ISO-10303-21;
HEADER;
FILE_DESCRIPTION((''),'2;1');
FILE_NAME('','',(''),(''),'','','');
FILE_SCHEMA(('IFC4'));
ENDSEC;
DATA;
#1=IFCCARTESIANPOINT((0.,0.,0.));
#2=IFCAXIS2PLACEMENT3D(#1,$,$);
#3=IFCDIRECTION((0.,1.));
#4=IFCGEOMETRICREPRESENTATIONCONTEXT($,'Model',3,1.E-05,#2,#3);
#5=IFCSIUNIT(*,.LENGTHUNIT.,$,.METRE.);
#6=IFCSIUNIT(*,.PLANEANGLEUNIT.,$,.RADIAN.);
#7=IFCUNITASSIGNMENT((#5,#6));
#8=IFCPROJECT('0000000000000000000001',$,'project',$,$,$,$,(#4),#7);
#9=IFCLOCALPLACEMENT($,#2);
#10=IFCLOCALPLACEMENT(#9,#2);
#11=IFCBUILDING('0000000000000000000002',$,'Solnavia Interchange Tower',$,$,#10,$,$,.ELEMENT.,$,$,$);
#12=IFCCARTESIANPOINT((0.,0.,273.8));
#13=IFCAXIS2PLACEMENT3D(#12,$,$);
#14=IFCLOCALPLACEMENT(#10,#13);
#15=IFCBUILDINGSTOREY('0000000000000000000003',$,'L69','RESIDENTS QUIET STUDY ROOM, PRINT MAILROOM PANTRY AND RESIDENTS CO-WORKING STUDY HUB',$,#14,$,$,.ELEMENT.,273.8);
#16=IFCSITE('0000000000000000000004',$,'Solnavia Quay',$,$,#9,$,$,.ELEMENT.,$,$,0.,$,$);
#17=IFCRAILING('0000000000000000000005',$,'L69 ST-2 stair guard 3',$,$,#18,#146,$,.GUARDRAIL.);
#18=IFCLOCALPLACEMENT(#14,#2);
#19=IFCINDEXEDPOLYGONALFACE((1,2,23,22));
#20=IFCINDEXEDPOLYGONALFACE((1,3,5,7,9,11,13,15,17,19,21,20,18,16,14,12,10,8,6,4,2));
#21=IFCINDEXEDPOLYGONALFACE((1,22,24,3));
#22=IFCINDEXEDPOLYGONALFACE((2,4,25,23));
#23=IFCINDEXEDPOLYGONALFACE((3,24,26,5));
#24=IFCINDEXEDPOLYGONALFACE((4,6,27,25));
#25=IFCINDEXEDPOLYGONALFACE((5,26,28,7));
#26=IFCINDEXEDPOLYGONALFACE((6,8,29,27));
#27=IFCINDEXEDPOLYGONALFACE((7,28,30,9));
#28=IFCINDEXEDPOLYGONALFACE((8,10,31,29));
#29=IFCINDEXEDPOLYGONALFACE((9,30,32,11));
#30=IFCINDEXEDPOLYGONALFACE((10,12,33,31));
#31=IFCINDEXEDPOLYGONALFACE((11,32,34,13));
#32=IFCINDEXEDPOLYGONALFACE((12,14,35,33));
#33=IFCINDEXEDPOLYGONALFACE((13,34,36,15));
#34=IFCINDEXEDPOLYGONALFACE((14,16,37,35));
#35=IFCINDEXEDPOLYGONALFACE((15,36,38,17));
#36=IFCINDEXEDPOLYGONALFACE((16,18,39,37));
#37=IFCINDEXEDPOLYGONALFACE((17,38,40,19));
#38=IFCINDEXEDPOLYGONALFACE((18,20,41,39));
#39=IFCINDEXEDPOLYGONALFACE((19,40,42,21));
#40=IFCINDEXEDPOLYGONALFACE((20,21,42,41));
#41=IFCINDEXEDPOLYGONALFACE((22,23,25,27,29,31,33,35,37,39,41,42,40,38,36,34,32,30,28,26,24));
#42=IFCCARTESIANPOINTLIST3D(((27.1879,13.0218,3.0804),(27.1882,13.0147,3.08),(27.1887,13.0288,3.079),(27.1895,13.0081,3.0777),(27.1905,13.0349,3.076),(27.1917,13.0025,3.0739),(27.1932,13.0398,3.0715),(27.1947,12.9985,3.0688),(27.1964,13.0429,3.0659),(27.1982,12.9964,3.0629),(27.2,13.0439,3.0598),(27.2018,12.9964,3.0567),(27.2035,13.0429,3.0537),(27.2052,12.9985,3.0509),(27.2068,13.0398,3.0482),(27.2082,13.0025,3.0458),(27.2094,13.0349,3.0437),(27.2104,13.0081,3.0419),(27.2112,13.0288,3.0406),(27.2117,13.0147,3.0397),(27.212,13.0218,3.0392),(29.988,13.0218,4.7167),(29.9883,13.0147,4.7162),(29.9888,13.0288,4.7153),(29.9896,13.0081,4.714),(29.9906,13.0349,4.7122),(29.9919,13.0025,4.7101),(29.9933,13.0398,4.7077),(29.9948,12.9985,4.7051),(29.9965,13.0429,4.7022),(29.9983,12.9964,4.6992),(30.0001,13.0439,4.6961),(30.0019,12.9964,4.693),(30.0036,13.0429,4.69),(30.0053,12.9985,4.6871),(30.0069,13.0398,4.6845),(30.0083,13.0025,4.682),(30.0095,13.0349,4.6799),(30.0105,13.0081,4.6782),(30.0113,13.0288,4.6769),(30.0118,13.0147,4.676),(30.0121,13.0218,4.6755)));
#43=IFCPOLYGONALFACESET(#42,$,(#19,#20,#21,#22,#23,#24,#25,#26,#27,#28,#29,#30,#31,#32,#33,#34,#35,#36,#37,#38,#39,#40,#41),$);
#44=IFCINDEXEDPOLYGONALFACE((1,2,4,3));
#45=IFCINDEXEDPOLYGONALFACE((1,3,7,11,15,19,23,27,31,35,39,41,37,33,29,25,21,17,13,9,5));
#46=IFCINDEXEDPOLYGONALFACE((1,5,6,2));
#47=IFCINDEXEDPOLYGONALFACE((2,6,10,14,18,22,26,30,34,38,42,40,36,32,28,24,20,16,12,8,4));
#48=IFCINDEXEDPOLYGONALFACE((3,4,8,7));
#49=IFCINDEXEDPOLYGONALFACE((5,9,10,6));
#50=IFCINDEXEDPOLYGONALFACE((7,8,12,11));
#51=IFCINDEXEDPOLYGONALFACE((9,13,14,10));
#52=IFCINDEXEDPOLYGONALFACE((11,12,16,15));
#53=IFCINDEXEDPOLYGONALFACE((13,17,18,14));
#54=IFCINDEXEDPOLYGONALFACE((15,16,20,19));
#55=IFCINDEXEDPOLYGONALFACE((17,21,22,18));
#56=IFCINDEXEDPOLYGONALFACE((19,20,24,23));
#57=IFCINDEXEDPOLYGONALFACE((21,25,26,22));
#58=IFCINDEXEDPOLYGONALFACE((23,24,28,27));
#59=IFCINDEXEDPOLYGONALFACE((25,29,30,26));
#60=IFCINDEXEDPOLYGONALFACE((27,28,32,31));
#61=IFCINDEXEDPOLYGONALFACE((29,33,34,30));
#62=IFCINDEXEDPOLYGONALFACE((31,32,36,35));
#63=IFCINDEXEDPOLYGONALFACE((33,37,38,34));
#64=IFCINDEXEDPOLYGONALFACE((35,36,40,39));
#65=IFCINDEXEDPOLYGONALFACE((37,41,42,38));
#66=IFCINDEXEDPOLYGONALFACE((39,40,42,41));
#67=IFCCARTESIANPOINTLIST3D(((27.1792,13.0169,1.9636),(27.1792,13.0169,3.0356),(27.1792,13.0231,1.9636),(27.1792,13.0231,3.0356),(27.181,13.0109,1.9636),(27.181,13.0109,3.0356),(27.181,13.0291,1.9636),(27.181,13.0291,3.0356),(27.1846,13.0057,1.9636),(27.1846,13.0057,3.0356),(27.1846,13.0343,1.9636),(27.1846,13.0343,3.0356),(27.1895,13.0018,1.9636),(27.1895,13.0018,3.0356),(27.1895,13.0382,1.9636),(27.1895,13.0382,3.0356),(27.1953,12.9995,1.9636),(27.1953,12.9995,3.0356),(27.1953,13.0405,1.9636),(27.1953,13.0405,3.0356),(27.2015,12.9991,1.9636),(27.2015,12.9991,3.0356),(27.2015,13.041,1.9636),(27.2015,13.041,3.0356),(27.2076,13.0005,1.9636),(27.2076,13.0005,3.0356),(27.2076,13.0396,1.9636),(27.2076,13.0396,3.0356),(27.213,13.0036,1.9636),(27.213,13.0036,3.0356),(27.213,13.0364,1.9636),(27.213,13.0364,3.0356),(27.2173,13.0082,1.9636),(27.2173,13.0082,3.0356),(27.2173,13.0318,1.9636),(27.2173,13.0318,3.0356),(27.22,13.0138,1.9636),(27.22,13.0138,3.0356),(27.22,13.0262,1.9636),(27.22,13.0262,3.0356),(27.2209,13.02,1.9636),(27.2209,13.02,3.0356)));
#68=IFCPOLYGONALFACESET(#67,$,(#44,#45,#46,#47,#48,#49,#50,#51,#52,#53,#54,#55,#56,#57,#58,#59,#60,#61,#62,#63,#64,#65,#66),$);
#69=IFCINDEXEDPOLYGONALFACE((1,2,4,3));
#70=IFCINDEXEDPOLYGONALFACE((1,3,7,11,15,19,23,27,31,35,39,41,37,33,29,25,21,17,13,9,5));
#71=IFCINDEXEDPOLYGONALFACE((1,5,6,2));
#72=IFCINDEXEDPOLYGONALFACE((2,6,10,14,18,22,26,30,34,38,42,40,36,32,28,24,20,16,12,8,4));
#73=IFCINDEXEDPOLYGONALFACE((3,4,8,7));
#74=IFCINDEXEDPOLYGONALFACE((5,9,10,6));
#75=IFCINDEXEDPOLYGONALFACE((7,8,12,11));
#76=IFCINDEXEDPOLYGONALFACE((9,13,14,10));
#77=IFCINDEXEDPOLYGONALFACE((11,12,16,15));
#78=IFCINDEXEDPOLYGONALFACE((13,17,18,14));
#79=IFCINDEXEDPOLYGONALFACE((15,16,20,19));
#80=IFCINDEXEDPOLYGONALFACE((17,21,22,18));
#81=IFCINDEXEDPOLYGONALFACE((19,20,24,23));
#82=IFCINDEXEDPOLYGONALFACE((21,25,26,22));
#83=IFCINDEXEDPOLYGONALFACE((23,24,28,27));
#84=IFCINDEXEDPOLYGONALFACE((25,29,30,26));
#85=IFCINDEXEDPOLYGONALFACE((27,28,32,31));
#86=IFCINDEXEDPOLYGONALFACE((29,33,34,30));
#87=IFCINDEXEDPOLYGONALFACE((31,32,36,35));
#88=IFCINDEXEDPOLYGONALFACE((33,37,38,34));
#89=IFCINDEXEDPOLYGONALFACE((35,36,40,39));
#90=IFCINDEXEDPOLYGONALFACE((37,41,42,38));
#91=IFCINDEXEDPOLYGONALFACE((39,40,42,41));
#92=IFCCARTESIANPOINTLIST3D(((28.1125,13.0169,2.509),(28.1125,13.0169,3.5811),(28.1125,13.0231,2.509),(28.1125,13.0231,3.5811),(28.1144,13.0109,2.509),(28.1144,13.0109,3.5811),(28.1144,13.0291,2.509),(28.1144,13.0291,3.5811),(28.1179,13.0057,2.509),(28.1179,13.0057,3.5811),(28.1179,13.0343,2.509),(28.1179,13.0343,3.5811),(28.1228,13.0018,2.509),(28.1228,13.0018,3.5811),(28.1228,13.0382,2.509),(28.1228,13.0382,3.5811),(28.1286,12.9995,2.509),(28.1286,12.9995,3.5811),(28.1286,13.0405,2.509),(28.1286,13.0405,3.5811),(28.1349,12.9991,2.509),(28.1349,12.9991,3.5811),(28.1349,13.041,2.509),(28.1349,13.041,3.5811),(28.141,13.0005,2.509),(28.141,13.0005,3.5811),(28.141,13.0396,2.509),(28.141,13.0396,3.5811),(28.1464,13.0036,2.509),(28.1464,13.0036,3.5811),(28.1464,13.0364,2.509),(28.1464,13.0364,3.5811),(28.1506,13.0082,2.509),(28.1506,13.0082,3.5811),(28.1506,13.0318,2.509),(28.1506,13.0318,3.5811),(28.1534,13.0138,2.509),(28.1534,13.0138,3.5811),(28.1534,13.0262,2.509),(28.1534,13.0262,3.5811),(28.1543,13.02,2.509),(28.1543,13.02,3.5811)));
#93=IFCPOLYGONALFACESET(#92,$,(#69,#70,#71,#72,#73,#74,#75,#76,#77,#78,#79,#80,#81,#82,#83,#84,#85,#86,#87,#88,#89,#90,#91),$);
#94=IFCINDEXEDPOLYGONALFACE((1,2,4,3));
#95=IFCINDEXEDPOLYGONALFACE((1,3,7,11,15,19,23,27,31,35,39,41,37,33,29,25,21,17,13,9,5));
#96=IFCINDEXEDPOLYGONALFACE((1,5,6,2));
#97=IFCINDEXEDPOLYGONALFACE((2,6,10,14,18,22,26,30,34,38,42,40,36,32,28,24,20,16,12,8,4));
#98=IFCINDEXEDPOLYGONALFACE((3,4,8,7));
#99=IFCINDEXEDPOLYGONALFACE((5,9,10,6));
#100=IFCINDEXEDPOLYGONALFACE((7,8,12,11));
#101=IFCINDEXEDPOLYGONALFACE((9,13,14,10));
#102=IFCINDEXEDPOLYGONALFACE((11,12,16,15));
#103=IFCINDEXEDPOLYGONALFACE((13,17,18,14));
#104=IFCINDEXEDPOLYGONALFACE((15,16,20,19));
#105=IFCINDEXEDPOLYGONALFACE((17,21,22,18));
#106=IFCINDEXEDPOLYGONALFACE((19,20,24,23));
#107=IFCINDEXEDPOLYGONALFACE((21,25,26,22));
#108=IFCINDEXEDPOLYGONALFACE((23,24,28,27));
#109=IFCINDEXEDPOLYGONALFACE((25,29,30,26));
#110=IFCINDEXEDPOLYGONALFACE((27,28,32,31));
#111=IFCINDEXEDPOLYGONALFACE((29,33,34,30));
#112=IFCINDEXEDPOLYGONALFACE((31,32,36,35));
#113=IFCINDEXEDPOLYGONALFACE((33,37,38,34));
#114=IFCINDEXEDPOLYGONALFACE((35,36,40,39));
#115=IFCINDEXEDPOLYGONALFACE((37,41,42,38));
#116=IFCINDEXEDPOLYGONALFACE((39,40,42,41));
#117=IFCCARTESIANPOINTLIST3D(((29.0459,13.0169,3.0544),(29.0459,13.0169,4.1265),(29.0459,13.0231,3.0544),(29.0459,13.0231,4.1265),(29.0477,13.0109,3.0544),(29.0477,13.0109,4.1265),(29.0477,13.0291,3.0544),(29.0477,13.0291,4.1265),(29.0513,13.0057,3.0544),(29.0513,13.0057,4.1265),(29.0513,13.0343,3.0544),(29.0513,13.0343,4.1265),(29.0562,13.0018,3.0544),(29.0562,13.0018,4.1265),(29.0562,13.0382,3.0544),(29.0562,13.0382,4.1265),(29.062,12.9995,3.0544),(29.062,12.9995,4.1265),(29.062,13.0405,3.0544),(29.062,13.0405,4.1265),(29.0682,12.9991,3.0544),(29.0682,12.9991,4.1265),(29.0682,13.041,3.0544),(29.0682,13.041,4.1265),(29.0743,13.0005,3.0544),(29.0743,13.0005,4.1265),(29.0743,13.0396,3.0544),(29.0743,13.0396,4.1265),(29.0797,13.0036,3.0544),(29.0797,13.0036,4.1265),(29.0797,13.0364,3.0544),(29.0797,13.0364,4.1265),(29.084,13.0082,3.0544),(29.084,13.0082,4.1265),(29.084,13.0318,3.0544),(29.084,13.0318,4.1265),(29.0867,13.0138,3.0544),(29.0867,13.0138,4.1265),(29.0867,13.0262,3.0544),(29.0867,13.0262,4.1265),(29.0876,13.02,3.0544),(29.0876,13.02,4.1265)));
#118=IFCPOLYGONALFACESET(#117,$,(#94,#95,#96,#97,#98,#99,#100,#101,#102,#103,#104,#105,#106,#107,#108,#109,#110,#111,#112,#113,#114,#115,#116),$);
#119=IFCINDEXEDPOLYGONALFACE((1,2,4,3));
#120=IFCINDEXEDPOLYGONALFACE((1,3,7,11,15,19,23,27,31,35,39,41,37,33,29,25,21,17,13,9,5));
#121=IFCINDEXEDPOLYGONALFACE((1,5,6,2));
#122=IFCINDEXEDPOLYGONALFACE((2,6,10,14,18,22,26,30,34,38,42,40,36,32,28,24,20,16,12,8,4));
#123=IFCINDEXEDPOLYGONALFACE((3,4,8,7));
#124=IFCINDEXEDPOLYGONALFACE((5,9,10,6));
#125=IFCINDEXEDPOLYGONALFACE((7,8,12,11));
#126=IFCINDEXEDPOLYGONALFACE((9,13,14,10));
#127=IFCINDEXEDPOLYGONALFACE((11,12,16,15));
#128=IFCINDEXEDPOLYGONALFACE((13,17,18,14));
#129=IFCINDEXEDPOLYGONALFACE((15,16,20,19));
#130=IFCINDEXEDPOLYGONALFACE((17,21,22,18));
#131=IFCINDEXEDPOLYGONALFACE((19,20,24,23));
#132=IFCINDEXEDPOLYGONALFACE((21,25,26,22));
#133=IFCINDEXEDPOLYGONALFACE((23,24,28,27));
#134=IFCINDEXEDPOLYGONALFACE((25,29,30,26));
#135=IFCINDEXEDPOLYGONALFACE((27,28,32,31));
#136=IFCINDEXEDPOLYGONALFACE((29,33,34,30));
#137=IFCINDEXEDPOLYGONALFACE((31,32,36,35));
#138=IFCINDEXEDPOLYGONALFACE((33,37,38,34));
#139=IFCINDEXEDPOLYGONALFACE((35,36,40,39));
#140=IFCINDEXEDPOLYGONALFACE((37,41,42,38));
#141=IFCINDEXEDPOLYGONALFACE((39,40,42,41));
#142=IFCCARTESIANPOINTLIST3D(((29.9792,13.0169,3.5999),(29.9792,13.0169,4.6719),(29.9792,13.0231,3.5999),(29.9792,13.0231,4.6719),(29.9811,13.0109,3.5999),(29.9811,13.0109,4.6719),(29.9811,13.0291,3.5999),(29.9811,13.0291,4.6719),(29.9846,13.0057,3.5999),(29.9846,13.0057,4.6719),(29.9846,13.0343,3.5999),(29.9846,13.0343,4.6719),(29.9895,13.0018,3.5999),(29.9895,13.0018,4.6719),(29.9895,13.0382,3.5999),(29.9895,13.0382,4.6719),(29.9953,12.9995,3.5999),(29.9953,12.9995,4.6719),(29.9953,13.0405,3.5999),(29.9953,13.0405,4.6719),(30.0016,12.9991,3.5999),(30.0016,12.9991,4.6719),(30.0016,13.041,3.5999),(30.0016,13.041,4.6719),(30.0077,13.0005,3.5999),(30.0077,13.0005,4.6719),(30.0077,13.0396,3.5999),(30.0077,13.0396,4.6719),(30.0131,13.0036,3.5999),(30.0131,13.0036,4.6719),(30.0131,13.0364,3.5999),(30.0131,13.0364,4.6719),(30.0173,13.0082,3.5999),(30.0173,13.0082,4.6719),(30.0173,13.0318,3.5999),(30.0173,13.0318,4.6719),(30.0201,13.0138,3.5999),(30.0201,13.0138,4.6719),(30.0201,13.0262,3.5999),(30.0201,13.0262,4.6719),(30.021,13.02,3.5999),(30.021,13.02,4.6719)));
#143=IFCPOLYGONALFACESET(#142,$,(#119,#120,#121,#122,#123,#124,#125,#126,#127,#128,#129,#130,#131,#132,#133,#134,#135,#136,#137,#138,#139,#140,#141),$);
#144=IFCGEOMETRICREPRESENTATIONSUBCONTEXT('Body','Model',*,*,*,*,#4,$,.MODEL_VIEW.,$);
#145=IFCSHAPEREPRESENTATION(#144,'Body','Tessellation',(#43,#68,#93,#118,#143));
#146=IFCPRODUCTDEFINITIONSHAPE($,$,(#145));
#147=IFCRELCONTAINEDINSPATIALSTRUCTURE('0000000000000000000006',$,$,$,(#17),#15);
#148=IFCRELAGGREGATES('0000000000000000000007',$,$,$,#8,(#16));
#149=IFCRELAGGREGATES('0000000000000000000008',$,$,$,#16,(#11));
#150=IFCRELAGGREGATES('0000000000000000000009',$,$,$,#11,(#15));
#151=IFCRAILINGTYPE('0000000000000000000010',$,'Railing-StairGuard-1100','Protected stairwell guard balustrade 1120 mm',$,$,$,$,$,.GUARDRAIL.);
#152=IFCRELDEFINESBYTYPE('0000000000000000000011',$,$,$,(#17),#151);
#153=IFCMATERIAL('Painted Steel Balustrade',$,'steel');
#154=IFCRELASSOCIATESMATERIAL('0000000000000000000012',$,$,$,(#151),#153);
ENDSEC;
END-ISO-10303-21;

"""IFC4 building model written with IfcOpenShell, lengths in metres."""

from ifc_helpers import new_model, si_unit, direction, frame, origin, origin_2d, place, context, subcontext, project, spatial, circle, extrude, material, type_object, element, save


model = new_model("IFC4")

# Units and contexts
model_context = context("Model", 3, precision=1e-05, world=origin(), true_north=direction((0.0, 1.0)))
body_context = subcontext(model_context, "Body", "Model", "MODEL_VIEW")
ifc_project = project(units=[si_unit("LENGTHUNIT", "METRE"), si_unit("PLANEANGLEUNIT", "RADIAN")], contexts=[model_context])

# Site, building, storey
site_placement = place(None, origin())
site = spatial("IfcSite", under=ifc_project, at=site_placement, Name="Solnavia Quay", CompositionType="ELEMENT", RefElevation=0.0)
building_placement = place(site_placement, origin())
building = spatial("IfcBuilding", under=site, at=building_placement, Name="Solnavia Interchange Tower", CompositionType="ELEMENT")
storey_placement = place(building_placement, frame((0.0, 0.0, 273.8)))
storey = spatial("IfcBuildingStorey", under=building, at=storey_placement, Name="L69", Description="RESIDENTS QUIET STUDY ROOM, PRINT MAILROOM PANTRY AND RESIDENTS CO-WORKING STUDY HUB", CompositionType="ELEMENT", Elevation=273.8)

# Railing
ifc_material_1 = material(Name="Painted Steel Balustrade", Category="steel")
railing_type_1 = type_object("IfcRailingType", Name="Railing-StairGuard-1100", Description="Protected stairwell guard balustrade 1120 mm", PredefinedType="GUARDRAIL", material=ifc_material_1)
railing_1_placement = place(storey_placement, frame((27.2, 13.02, 1.9636)))
element("IfcRailing", 1, at=railing_1_placement, inside=storey, type_object=railing_type_1, Name="L69 ST-2 stair guard 3", PredefinedType="GUARDRAIL", context=body_context, shape_type="SweptSolid", body=[
    extrude(circle(Radius=0.0239, at=origin_2d()), frame((0.0, 0.0, 1.0962), z_axis=(0.863394, 0.0, 0.504531), x_axis=(0.0, 1.0, 0.0)), (0.0, 0.0, 1.0), 3.2432),
    extrude(circle(Radius=0.021, at=origin_2d()), origin(), (0.0, 0.0, 1.0), 1.072),
    extrude(circle(Radius=0.021, at=origin_2d()), frame((0.9333, 0.0, 0.5454)), (0.0, 0.0, 1.0), 1.072),
    extrude(circle(Radius=0.021, at=origin_2d()), frame((1.8667, 0.0, 1.0908)), (0.0, 0.0, 1.0), 1.072),
    extrude(circle(Radius=0.021, at=origin_2d()), frame((2.8, 0.0, 1.6362)), (0.0, 0.0, 1.0), 1.072),
])

save(model, "model.ifc")
